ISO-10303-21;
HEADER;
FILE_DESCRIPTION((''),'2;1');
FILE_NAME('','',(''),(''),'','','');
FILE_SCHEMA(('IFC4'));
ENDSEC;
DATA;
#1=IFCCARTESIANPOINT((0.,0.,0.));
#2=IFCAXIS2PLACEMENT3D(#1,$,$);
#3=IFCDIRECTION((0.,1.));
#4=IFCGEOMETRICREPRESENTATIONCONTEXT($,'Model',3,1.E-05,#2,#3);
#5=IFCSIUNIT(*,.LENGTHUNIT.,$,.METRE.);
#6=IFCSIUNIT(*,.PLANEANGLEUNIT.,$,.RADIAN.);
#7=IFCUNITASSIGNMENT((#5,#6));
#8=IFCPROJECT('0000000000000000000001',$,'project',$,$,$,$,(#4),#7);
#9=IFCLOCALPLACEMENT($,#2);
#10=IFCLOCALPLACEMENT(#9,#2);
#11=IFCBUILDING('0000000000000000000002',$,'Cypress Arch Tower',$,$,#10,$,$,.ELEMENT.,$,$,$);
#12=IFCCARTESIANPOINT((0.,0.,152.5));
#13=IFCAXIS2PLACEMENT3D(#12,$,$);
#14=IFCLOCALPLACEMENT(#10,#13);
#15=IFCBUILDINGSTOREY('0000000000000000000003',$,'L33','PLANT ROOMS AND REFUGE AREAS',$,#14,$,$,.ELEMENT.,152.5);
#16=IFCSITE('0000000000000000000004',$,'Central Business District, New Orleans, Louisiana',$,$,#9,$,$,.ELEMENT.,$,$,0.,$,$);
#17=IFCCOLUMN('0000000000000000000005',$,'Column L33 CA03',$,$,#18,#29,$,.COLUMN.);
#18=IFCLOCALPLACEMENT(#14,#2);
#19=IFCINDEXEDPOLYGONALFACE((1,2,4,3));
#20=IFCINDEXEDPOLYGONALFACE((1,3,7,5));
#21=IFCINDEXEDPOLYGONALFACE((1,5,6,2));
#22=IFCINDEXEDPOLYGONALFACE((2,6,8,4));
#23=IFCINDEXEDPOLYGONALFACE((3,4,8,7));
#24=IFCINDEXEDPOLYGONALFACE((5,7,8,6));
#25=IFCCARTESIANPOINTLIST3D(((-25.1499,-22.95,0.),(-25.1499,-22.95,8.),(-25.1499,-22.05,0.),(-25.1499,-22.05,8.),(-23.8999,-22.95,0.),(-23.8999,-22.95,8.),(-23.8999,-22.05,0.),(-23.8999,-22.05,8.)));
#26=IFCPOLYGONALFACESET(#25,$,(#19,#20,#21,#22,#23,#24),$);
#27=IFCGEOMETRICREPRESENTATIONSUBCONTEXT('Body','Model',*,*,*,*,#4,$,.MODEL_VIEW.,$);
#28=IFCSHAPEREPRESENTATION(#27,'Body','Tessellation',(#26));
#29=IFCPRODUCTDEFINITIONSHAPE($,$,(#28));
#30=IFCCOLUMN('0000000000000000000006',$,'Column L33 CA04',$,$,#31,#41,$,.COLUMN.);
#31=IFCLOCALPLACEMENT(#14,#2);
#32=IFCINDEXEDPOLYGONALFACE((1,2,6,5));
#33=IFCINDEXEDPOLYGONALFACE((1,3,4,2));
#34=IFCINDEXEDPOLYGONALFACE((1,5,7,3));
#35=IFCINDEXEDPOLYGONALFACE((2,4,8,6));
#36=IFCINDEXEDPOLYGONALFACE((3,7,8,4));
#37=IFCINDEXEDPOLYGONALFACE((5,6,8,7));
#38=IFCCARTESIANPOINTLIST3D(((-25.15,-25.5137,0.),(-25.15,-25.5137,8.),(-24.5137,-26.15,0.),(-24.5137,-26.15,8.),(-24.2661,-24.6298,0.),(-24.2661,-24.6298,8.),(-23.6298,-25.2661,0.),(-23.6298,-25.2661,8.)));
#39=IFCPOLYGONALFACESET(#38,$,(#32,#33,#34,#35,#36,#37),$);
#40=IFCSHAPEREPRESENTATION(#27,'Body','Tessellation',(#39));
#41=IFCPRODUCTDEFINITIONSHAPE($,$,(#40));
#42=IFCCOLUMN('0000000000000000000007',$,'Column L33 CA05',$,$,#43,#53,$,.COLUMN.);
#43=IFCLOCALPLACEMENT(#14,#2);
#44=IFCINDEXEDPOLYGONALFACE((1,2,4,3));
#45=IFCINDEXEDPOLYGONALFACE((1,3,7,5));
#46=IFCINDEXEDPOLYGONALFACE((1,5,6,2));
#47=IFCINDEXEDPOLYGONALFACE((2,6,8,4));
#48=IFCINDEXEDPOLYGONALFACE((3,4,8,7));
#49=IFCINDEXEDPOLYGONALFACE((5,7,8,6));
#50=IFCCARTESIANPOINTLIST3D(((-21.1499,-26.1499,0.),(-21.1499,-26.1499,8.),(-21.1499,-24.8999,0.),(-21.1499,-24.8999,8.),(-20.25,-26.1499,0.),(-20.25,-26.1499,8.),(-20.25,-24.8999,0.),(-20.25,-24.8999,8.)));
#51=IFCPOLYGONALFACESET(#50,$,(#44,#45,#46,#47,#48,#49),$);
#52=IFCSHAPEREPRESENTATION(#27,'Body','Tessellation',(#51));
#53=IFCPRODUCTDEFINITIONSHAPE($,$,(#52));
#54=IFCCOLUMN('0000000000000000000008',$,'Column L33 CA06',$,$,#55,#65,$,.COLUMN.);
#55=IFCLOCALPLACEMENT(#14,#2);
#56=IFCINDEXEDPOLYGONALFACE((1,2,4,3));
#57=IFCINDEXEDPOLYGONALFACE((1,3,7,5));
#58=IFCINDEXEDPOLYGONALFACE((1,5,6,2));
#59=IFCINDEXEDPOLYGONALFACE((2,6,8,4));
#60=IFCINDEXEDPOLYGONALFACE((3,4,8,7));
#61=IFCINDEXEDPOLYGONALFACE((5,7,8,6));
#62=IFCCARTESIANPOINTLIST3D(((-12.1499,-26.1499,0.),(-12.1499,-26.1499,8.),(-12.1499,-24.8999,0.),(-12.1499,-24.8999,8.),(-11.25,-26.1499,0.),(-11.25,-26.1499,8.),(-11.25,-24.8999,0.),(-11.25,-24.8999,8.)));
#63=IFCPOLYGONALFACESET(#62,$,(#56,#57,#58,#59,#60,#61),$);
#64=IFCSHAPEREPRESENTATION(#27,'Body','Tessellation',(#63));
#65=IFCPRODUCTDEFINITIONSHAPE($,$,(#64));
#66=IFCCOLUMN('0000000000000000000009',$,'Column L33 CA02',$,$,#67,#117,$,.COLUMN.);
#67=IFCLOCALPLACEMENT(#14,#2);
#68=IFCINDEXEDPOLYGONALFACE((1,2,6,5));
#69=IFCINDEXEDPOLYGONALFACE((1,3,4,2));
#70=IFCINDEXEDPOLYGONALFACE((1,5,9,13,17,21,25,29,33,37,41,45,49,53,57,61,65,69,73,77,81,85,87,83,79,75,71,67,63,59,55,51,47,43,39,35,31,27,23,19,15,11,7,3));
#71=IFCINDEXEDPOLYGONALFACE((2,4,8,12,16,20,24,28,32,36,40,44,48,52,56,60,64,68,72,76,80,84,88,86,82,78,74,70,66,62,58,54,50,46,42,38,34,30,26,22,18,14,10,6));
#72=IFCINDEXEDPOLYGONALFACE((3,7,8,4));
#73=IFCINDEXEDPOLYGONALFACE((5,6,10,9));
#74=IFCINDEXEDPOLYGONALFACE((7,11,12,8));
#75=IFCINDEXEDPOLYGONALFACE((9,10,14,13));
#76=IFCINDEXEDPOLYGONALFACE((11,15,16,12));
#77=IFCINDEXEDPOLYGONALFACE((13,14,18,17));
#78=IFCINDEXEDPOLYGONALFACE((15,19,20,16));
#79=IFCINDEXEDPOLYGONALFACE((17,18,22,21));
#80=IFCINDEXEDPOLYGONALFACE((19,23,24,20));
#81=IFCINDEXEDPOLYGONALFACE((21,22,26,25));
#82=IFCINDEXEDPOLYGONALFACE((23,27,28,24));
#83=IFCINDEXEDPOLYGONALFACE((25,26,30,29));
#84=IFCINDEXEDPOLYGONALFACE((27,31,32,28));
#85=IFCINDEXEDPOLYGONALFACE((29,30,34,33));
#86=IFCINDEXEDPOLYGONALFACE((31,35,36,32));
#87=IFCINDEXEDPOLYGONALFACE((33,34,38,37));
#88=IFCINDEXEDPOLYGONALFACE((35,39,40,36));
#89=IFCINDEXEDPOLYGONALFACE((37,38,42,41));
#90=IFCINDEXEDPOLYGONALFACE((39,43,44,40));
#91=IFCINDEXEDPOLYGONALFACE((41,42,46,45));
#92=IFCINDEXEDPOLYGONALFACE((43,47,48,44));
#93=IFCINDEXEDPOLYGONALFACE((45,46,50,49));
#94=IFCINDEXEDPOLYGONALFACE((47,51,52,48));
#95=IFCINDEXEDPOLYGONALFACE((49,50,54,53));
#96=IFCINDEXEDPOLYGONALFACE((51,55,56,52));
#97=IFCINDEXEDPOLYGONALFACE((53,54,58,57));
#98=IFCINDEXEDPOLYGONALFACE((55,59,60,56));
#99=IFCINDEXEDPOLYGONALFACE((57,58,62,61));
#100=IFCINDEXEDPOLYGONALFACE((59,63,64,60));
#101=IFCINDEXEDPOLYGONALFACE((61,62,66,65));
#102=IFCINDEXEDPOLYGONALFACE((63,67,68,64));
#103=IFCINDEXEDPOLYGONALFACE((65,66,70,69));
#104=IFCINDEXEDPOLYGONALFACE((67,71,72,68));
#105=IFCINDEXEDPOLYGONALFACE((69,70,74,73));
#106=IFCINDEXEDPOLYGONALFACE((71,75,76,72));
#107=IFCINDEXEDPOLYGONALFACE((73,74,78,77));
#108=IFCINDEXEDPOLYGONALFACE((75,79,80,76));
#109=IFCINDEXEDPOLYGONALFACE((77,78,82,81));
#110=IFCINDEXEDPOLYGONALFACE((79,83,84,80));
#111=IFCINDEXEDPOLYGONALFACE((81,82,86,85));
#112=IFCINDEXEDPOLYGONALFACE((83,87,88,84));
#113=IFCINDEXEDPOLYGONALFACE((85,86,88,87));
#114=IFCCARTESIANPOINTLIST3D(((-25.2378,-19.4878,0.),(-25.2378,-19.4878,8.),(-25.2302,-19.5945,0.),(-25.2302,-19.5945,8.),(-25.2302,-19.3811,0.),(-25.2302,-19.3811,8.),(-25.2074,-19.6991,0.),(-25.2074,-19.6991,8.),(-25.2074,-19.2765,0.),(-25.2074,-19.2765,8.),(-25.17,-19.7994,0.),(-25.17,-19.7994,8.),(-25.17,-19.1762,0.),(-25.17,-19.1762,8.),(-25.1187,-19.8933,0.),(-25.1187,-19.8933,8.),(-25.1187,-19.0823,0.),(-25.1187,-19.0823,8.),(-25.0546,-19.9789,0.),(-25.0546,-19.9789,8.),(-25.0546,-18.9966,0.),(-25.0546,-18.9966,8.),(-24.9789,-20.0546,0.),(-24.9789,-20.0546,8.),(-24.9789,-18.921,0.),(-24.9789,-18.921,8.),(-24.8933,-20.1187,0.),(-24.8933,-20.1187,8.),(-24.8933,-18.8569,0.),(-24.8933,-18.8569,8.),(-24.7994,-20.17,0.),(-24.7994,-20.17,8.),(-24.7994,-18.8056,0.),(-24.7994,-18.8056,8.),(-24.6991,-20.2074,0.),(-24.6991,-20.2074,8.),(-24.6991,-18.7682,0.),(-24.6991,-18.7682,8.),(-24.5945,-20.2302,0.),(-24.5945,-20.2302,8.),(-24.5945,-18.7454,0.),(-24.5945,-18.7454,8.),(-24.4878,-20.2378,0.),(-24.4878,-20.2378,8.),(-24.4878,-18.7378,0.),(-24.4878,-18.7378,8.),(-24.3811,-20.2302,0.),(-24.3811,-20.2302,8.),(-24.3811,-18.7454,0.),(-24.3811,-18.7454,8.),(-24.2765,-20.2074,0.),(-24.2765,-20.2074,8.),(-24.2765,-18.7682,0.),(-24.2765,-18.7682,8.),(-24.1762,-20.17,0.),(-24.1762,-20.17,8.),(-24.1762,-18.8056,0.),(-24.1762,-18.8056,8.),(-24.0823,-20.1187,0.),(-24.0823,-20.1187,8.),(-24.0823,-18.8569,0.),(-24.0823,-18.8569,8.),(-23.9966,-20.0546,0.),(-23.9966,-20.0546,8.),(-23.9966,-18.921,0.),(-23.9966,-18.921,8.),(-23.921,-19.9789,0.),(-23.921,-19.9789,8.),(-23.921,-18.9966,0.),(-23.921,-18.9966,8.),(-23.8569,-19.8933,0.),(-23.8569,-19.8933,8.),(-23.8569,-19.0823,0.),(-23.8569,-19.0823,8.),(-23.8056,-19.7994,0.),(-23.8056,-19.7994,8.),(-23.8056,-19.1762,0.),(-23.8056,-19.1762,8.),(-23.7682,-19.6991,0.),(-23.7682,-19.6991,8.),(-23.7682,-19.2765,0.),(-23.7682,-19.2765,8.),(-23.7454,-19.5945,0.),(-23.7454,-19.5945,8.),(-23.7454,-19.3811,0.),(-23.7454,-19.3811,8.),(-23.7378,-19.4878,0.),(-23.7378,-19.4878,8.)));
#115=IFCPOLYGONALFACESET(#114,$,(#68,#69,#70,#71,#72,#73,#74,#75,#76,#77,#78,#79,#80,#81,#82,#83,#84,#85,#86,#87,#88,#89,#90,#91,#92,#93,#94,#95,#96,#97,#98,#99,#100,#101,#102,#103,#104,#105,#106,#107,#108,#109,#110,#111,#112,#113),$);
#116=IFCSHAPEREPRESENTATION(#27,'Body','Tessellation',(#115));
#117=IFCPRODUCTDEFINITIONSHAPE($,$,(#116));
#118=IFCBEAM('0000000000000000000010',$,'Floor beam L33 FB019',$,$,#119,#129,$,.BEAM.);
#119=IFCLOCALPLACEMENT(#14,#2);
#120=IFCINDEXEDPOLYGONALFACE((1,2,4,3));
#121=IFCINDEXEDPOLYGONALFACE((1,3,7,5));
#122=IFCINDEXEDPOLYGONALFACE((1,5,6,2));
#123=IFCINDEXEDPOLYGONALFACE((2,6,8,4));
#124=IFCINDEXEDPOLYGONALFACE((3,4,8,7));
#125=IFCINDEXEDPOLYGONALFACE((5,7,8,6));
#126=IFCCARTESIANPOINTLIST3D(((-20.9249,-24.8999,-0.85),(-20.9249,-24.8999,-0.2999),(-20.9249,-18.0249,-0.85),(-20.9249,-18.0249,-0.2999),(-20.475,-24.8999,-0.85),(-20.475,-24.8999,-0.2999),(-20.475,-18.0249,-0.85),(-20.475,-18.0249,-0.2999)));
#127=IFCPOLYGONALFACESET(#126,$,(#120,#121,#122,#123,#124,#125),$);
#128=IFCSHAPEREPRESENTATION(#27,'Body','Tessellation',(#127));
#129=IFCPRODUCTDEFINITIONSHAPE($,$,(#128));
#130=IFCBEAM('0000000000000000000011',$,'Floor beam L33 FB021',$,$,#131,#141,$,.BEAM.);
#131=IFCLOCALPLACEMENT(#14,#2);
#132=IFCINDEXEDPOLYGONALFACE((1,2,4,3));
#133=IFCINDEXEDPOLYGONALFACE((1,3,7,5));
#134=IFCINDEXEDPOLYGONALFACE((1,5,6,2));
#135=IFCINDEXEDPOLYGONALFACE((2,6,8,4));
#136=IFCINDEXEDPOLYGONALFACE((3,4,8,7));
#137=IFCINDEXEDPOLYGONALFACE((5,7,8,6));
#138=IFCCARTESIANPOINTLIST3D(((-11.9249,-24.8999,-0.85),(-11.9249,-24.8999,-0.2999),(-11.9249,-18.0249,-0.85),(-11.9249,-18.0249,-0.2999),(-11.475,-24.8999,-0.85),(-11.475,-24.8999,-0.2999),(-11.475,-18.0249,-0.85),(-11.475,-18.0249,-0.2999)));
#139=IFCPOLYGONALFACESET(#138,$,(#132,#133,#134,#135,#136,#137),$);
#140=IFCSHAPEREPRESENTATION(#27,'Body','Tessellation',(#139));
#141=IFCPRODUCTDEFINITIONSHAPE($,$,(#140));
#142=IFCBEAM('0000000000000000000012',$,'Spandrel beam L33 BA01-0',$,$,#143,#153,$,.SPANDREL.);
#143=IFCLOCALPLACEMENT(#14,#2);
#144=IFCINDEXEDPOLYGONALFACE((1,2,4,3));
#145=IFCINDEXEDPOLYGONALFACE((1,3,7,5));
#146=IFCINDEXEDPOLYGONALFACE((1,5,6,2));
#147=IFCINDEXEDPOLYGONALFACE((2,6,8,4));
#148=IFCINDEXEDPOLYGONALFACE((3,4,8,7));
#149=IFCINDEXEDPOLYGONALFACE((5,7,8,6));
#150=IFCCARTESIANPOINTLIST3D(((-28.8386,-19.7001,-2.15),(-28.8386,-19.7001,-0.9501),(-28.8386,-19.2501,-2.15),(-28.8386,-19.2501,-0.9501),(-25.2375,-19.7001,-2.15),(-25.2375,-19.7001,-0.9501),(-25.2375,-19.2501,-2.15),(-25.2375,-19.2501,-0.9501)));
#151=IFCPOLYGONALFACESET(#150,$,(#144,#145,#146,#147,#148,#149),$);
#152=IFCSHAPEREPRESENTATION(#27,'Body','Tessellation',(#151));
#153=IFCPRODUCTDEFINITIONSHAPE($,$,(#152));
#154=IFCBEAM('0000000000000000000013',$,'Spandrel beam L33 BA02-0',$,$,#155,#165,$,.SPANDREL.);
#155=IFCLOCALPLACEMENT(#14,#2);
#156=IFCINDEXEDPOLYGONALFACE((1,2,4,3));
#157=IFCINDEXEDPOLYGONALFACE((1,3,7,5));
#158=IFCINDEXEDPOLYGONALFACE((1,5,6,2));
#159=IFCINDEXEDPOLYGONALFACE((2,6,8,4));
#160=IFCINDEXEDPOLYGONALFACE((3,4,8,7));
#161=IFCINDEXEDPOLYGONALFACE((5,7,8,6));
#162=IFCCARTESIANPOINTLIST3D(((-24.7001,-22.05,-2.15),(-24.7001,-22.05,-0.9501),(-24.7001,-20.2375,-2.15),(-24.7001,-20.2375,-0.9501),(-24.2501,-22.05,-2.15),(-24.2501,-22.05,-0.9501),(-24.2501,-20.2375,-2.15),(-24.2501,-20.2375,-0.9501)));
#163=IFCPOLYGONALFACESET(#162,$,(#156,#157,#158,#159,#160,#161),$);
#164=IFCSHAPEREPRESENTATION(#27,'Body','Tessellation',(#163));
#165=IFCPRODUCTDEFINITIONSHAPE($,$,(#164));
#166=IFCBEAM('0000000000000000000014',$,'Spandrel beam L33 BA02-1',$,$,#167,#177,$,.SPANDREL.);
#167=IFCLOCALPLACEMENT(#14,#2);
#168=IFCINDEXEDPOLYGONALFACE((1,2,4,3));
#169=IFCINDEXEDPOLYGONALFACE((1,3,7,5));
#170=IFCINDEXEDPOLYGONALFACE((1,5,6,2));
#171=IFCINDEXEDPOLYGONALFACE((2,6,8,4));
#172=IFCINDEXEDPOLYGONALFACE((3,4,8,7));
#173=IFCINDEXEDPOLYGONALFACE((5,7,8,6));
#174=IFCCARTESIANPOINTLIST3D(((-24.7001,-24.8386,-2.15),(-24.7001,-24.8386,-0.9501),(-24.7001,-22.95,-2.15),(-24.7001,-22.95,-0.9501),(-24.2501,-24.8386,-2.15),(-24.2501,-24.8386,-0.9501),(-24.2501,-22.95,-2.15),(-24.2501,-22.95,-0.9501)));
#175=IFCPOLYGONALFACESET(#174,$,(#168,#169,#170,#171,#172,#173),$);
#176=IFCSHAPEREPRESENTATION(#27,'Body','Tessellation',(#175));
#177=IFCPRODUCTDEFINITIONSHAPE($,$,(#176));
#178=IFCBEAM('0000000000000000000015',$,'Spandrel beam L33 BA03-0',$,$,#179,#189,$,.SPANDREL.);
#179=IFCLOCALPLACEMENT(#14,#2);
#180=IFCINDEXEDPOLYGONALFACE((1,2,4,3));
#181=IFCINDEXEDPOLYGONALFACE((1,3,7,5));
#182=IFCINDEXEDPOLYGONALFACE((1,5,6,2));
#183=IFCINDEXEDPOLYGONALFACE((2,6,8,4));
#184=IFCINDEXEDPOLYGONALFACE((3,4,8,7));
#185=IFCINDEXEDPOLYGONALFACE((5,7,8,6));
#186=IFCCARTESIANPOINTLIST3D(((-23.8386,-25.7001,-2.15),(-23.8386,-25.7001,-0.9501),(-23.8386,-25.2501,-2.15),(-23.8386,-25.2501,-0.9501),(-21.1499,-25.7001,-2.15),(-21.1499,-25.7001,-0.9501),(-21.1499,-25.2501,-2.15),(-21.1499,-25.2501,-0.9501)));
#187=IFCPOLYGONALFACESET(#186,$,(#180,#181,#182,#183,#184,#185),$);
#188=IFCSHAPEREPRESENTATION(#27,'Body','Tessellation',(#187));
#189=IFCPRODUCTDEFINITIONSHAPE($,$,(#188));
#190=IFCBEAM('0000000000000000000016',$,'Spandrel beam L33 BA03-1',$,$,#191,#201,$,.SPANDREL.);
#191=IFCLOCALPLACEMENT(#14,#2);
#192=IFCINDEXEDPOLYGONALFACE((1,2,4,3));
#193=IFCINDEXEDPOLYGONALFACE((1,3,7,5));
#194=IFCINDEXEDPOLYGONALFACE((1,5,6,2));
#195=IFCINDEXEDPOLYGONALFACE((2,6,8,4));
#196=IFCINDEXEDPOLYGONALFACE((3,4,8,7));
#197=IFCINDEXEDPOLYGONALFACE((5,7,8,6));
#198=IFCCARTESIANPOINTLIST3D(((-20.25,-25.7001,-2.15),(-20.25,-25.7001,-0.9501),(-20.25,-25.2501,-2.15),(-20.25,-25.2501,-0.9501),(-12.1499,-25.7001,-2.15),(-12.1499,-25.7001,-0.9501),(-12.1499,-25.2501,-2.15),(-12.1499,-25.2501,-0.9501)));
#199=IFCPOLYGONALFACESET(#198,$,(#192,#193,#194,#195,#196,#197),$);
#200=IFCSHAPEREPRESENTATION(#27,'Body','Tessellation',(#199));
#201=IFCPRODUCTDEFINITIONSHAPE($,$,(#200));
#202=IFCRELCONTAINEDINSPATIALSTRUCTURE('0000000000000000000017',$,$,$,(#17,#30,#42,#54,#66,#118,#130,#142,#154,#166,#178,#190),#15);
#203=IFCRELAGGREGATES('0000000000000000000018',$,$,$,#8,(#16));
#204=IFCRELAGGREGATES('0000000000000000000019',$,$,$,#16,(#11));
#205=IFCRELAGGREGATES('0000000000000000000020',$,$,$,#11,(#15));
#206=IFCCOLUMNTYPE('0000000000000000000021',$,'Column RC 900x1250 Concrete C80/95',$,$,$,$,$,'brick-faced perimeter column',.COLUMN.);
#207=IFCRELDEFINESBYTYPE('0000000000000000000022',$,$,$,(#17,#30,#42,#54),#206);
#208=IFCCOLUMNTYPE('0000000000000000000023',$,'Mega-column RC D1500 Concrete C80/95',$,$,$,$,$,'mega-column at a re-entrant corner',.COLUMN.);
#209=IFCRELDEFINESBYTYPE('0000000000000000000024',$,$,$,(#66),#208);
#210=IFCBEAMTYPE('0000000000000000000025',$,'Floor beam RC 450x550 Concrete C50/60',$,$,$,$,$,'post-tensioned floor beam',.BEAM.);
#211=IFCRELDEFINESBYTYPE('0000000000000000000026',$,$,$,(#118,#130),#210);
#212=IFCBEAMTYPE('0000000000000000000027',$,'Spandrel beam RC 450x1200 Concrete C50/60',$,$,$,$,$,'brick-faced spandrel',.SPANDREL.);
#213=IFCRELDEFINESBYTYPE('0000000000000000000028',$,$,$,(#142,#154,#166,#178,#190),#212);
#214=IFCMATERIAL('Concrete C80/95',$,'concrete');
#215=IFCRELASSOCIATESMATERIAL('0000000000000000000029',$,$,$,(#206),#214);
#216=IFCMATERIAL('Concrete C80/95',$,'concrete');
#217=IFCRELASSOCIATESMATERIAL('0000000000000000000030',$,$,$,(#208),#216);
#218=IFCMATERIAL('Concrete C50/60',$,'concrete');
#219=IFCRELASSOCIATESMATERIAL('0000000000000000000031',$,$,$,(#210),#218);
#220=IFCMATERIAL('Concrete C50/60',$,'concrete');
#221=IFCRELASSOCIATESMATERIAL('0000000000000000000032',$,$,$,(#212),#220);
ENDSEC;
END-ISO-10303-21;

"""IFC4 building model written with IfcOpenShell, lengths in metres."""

from ifc_helpers import new_model, si_unit, direction, frame, origin, origin_2d, place, context, subcontext, project, spatial, rectangle, circle, extrude, material, material_profile, profile_set, type_object, element, save


model = new_model("IFC4")

# Units and contexts
model_context = context("Model", 3, precision=1e-05, world=origin(), true_north=direction((0.0, 1.0)))
body_context = subcontext(model_context, "Body", "Model", "MODEL_VIEW")
ifc_project = project(units=[si_unit("LENGTHUNIT", "METRE"), si_unit("PLANEANGLEUNIT", "RADIAN")], contexts=[model_context])

# Site, building, storey
site_placement = place(None, origin())
site = spatial("IfcSite", under=ifc_project, at=site_placement, Name="Central Business District, New Orleans, Louisiana", CompositionType="ELEMENT", RefElevation=0.0)
building_placement = place(site_placement, origin())
building = spatial("IfcBuilding", under=site, at=building_placement, Name="Cypress Arch Tower", CompositionType="ELEMENT")
storey_placement = place(building_placement, frame((0.0, 0.0, 152.5)))
storey = spatial("IfcBuildingStorey", under=building, at=storey_placement, Name="L33", Description="PLANT ROOMS AND REFUGE AREAS", CompositionType="ELEMENT", Elevation=152.5)

# Columns
ifc_material_1 = material(Name="Concrete C80/95", Category="concrete")
ifc_material_profile_1 = material_profile(ifc_material_1, rectangle(XDim=0.8999, YDim=1.25, at=origin_2d()), Name="RC 900x1250")
ifc_profile_set_1 = profile_set([ifc_material_profile_1], Name="Concrete C80/95")
column_type_1 = type_object("IfcColumnType", Name="Column RC 900x1250 Concrete C80/95", ElementType="brick-faced perimeter column", PredefinedType="COLUMN", material=ifc_profile_set_1)
for number, where, z_axis, x_axis, name in (
    (1, (-24.5249, -22.5, 0.0), (0.0, 0.0, 1.0), (0.0, -1.0, 0.0), "Column L33 CA03"),
    (2, (-24.3899, -25.3899, 0.0), (0.0, 0.0, 1.0), (0.707107, -0.707107, 0.0), "Column L33 CA04"),
    (3, (-20.7, -25.5249, 0.0), (0.0, 0.0, 1.0), (1.0, 0.0, 0.0), "Column L33 CA05"),
    (4, (-11.7, -25.5249, 0.0), (0.0, 0.0, 1.0), (1.0, 0.0, 0.0), "Column L33 CA06"),
):
    element("IfcColumn", number, at=place(storey_placement, frame(where, z_axis=z_axis, x_axis=x_axis)), inside=storey, type_object=column_type_1, Name=name, PredefinedType="COLUMN", context=body_context, shape_type="SweptSolid", body=[
        extrude(rectangle(XDim=0.8999, YDim=1.25, at=origin_2d()), origin(), (0.0, 0.0, 1.0), 8.0),
    ])
ifc_material_2 = material(Name="Concrete C80/95", Category="concrete")
ifc_material_profile_2 = material_profile(ifc_material_2, circle(Radius=0.75, at=origin_2d()), Name="RC D1500")
ifc_profile_set_2 = profile_set([ifc_material_profile_2], Name="Concrete C80/95")
column_type_2 = type_object("IfcColumnType", Name="Mega-column RC D1500 Concrete C80/95", ElementType="mega-column at a re-entrant corner", PredefinedType="COLUMN", material=ifc_profile_set_2)
column_placement = place(storey_placement, frame((-24.4878, -19.4878, 0.0), z_axis=(0.0, 0.0, 1.0), x_axis=(1.0, 0.0, 0.0)))
element("IfcColumn", 5, at=column_placement, inside=storey, type_object=column_type_2, Name="Column L33 CA02", PredefinedType="COLUMN", context=body_context, shape_type="SweptSolid", body=[
    extrude(circle(Radius=0.75, at=origin_2d()), origin(), (0.0, 0.0, 1.0), 8.0),
])

# Beams
ifc_material_3 = material(Name="Concrete C50/60", Category="concrete")
ifc_material_profile_3 = material_profile(ifc_material_3, rectangle(XDim=0.45, YDim=0.55, at=origin_2d()), Name="RC 450x550")
ifc_profile_set_3 = profile_set([ifc_material_profile_3], Name="Concrete C50/60")
beam_type_1 = type_object("IfcBeamType", Name="Floor beam RC 450x550 Concrete C50/60", ElementType="post-tensioned floor beam", PredefinedType="BEAM", material=ifc_profile_set_3)
for number, where, z_axis, x_axis, name in (
    (6, (-20.7, -24.8999, -0.575), (0.0, 1.0, 0.0), (-1.0, 0.0, 0.0), "Floor beam L33 FB019"),
    (7, (-11.7, -24.8999, -0.575), (0.0, 1.0, 0.0), (-1.0, 0.0, 0.0), "Floor beam L33 FB021"),
):
    element("IfcBeam", number, at=place(storey_placement, frame(where, z_axis=z_axis, x_axis=x_axis)), inside=storey, type_object=beam_type_1, Name=name, PredefinedType="BEAM", context=body_context, shape_type="SweptSolid", body=[
        extrude(rectangle(XDim=0.45, YDim=0.55, at=origin_2d()), origin(), (0.0, 0.0, 1.0), 6.875),
    ])
ifc_material_4 = material(Name="Concrete C50/60", Category="concrete")
ifc_material_profile_4 = material_profile(ifc_material_4, rectangle(XDim=0.45, YDim=1.2, at=origin_2d()), Name="RC 450x1200")
ifc_profile_set_4 = profile_set([ifc_material_profile_4], Name="Concrete C50/60")
beam_type_2 = type_object("IfcBeamType", Name="Spandrel beam RC 450x1200 Concrete C50/60", ElementType="brick-faced spandrel", PredefinedType="SPANDREL", material=ifc_profile_set_4)
beam_1_placement = place(storey_placement, frame((-28.8386, -19.4751, -1.55), z_axis=(1.0, 0.0, 0.0), x_axis=(0.0, 1.0, 0.0)))
element("IfcBeam", 8, at=beam_1_placement, inside=storey, type_object=beam_type_2, Name="Spandrel beam L33 BA01-0", PredefinedType="SPANDREL", context=body_context, shape_type="SweptSolid", body=[
    extrude(rectangle(XDim=0.45, YDim=1.2, at=origin_2d()), origin(), (0.0, 0.0, 1.0), 3.6011),
])
beam_2_placement = place(storey_placement, frame((-24.4751, -20.2375, -1.55), z_axis=(0.0, -1.0, 0.0), x_axis=(1.0, 0.0, 0.0)))
element("IfcBeam", 9, at=beam_2_placement, inside=storey, type_object=beam_type_2, Name="Spandrel beam L33 BA02-0", PredefinedType="SPANDREL", context=body_context, shape_type="SweptSolid", body=[
    extrude(rectangle(XDim=0.45, YDim=1.2, at=origin_2d()), origin(), (0.0, 0.0, 1.0), 1.8125),
])
beam_3_placement = place(storey_placement, frame((-24.4751, -22.95, -1.55), z_axis=(0.0, -1.0, 0.0), x_axis=(1.0, 0.0, 0.0)))
element("IfcBeam", 10, at=beam_3_placement, inside=storey, type_object=beam_type_2, Name="Spandrel beam L33 BA02-1", PredefinedType="SPANDREL", context=body_context, shape_type="SweptSolid", body=[
    extrude(rectangle(XDim=0.45, YDim=1.2, at=origin_2d()), origin(), (0.0, 0.0, 1.0), 1.8887),
])
beam_4_placement = place(storey_placement, frame((-23.8386, -25.4751, -1.55), z_axis=(1.0, 0.0, 0.0), x_axis=(0.0, 1.0, 0.0)))
element("IfcBeam", 11, at=beam_4_placement, inside=storey, type_object=beam_type_2, Name="Spandrel beam L33 BA03-0", PredefinedType="SPANDREL", context=body_context, shape_type="SweptSolid", body=[
    extrude(rectangle(XDim=0.45, YDim=1.2, at=origin_2d()), origin(), (0.0, 0.0, 1.0), 2.6887),
])
beam_5_placement = place(storey_placement, frame((-20.25, -25.4751, -1.55), z_axis=(1.0, 0.0, 0.0), x_axis=(0.0, 1.0, 0.0)))
element("IfcBeam", 12, at=beam_5_placement, inside=storey, type_object=beam_type_2, Name="Spandrel beam L33 BA03-1", PredefinedType="SPANDREL", context=body_context, shape_type="SweptSolid", body=[
    extrude(rectangle(XDim=0.45, YDim=1.2, at=origin_2d()), origin(), (0.0, 0.0, 1.0), 8.1001),
])

save(model, "model.ifc")
